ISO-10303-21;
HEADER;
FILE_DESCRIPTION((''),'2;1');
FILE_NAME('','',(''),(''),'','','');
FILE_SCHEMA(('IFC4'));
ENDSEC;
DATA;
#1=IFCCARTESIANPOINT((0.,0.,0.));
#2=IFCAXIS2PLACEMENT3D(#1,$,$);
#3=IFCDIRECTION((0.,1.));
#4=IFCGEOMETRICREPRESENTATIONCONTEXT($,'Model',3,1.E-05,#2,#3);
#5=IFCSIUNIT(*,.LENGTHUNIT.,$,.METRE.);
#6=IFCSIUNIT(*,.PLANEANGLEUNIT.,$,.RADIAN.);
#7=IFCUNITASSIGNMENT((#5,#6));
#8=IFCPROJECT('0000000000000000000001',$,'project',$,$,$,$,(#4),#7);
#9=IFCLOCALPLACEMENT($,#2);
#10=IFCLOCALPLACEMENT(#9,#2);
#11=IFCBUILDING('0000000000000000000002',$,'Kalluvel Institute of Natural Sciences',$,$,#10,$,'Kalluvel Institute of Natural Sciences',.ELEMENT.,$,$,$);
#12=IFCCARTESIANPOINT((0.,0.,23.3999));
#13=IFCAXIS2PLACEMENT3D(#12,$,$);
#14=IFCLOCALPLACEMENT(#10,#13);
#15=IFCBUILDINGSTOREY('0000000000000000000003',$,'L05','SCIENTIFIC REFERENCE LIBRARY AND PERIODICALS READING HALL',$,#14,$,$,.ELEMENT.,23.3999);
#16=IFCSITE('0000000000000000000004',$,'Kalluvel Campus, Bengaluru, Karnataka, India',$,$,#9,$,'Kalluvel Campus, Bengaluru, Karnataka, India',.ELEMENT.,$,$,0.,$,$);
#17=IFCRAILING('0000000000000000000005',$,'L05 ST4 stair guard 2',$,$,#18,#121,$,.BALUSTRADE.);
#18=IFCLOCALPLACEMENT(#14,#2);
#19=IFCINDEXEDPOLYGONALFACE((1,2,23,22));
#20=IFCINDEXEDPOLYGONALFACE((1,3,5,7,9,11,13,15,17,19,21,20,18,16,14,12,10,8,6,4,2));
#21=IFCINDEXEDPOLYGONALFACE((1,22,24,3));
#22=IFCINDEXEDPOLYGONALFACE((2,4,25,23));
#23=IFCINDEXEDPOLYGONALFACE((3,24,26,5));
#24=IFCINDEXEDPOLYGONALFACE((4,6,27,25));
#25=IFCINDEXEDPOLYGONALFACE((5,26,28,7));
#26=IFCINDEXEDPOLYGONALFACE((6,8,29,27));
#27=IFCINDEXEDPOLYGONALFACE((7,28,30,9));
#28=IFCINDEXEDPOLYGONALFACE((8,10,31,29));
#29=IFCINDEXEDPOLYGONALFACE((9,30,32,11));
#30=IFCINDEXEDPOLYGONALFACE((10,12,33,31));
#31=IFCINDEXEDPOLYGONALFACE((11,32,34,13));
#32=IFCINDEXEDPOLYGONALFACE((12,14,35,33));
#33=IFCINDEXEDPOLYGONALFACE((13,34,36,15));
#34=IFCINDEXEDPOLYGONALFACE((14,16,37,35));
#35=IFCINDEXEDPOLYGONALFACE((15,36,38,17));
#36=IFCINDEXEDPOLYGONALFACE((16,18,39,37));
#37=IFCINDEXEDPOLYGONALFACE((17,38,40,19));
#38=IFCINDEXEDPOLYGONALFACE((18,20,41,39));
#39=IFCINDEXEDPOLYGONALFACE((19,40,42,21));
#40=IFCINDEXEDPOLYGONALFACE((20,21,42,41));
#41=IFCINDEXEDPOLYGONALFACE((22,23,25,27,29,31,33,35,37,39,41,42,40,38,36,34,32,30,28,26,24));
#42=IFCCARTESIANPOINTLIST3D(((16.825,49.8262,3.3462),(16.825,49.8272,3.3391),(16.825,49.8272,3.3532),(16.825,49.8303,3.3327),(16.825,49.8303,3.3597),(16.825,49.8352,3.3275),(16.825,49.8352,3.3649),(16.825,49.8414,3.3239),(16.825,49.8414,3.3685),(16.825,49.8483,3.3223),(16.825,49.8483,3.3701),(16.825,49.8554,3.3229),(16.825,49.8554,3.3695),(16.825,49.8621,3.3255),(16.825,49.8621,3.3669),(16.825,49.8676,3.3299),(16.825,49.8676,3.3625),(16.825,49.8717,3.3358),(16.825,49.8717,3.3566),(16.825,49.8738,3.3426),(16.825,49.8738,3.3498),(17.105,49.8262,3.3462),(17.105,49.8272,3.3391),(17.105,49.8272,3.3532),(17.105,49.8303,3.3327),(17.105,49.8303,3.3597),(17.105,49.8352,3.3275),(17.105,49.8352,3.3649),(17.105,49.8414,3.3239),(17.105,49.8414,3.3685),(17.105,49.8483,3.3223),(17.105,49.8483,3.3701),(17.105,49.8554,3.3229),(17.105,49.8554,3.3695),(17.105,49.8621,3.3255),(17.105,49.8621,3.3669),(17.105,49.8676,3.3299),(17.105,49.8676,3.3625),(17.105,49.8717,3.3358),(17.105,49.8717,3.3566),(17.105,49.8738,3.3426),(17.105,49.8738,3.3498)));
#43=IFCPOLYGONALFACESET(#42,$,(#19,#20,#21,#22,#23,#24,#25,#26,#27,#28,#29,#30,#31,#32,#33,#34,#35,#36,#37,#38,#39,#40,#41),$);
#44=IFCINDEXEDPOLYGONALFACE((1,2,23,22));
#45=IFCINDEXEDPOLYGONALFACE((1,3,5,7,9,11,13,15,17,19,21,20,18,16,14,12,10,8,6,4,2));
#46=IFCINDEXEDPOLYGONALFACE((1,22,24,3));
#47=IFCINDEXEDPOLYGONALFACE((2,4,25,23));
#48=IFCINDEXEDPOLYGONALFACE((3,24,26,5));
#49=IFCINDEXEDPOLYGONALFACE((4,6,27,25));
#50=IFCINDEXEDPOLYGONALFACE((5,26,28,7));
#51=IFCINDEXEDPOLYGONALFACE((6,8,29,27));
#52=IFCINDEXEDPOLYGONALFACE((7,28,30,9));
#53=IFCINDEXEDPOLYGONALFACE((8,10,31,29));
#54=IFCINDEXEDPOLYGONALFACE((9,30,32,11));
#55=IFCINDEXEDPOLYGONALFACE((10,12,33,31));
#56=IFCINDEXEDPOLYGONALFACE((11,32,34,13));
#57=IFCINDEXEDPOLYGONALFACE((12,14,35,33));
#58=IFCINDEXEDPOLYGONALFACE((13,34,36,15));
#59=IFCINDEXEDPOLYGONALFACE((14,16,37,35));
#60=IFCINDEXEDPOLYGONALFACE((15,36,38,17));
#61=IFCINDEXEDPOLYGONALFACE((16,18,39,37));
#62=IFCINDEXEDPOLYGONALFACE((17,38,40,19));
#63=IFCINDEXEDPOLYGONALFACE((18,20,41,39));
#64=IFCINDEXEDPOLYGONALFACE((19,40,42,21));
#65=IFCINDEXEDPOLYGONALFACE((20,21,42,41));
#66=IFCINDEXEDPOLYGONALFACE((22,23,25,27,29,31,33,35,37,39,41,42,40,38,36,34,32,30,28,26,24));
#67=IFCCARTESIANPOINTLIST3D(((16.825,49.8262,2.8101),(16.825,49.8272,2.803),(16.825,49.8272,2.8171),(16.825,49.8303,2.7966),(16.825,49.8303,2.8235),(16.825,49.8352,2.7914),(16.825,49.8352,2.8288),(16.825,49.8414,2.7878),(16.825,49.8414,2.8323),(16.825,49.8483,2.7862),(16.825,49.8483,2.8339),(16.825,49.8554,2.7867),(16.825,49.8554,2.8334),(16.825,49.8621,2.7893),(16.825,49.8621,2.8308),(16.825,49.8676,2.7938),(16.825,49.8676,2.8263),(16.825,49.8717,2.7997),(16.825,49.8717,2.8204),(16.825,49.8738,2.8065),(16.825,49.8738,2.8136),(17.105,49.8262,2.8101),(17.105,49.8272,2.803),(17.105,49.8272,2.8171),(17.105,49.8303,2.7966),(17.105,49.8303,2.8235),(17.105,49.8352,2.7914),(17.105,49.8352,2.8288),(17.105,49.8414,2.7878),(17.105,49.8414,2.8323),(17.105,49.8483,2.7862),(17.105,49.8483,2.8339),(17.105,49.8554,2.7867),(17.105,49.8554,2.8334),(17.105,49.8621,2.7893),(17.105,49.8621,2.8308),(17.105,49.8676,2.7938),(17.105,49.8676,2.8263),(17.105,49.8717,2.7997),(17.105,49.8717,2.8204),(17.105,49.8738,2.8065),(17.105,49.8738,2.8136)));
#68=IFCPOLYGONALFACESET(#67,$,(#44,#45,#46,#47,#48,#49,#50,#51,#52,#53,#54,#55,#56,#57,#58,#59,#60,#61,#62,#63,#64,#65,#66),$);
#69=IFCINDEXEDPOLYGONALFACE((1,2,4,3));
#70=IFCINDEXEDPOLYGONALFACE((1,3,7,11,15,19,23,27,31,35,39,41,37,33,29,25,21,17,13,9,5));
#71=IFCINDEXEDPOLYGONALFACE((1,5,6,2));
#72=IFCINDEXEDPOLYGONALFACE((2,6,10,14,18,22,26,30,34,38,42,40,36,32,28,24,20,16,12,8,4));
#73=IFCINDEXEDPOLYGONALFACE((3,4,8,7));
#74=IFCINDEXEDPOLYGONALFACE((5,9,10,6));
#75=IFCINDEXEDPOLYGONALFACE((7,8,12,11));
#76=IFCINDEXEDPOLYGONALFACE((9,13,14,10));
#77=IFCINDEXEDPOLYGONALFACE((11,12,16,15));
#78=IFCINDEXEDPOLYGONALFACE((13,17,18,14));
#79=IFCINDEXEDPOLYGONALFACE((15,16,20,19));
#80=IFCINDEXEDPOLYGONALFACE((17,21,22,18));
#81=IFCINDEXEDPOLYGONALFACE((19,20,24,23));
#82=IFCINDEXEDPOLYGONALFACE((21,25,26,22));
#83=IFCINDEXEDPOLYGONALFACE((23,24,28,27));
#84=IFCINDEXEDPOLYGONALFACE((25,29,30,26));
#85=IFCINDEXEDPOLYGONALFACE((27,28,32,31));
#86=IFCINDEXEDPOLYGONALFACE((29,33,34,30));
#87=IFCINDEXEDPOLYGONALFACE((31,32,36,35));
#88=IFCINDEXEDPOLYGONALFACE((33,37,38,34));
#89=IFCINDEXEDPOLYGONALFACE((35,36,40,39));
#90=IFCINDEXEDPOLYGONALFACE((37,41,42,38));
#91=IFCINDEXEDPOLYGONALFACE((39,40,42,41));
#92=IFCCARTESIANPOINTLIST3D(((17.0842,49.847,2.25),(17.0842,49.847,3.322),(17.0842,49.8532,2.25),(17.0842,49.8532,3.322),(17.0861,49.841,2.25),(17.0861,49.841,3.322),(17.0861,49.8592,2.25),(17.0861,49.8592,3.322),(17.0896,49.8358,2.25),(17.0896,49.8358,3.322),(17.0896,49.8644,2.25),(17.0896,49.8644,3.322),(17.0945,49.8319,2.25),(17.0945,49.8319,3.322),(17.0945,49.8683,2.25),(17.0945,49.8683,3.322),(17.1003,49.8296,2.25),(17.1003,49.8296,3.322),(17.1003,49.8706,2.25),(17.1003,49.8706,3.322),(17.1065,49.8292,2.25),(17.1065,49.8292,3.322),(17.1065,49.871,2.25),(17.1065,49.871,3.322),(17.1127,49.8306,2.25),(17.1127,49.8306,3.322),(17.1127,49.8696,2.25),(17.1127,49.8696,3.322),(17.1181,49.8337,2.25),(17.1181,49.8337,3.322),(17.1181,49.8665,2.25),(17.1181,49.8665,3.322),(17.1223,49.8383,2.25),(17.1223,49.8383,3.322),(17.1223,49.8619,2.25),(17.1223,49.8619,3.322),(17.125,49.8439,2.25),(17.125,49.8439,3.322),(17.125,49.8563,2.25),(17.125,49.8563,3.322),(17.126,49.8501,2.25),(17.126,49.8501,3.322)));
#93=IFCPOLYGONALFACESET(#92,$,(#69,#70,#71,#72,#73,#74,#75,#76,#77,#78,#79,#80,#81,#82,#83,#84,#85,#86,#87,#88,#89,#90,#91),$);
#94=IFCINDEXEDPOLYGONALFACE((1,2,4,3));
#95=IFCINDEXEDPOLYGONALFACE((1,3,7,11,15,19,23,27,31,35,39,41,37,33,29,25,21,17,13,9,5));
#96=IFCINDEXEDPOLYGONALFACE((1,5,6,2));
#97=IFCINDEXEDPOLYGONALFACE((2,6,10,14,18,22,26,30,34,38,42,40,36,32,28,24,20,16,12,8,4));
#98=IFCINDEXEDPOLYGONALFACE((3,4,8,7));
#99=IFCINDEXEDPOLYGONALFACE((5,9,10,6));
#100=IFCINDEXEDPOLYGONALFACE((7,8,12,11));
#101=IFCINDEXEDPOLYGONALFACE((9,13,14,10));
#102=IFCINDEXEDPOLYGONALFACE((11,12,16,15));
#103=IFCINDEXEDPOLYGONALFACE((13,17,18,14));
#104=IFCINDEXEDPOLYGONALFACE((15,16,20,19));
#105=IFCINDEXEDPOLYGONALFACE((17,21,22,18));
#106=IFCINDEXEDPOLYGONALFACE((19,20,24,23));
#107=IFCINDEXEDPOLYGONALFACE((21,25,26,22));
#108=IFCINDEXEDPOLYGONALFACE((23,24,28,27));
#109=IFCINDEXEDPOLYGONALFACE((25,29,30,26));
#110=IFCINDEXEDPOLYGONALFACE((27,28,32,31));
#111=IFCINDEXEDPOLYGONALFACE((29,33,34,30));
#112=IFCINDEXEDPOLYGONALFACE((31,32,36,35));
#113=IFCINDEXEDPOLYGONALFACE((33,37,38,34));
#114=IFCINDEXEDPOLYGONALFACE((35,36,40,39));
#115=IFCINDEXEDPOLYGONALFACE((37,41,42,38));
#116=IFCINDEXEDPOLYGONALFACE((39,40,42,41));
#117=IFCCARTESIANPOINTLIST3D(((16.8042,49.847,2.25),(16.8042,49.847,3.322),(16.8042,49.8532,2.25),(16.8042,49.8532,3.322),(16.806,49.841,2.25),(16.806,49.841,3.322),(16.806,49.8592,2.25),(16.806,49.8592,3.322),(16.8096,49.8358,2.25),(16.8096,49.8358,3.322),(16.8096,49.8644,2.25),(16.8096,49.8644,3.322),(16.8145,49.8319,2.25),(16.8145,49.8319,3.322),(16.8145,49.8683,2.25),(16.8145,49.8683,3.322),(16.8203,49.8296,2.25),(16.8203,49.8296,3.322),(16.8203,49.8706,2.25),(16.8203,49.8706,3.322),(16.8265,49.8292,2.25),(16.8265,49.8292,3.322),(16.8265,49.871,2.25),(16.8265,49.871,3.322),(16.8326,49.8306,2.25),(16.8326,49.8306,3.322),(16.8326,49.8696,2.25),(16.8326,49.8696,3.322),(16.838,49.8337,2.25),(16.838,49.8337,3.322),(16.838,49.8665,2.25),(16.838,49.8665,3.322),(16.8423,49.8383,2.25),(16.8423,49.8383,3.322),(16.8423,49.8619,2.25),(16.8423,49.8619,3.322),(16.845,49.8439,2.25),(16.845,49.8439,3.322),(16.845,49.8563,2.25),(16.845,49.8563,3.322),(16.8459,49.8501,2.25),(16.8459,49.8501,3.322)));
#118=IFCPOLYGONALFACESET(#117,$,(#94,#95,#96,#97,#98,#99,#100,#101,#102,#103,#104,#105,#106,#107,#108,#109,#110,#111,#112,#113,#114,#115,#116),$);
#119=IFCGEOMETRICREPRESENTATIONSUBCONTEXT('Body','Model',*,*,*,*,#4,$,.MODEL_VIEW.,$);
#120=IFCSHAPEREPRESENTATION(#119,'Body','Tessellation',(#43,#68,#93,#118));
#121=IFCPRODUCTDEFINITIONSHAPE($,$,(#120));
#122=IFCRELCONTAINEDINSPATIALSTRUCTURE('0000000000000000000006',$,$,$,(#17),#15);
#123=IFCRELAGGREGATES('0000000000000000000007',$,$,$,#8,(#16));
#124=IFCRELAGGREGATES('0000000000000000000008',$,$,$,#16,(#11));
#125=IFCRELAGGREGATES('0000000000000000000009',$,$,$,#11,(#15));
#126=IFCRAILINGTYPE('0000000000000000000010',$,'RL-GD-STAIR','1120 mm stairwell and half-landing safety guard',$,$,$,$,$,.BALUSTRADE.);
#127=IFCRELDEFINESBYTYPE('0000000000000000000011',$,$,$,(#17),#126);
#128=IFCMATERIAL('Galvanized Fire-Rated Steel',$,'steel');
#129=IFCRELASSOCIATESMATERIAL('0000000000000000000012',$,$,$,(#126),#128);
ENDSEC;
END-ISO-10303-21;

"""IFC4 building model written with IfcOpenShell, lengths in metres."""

from ifc_helpers import new_model, si_unit, direction, frame, origin, origin_2d, place, context, subcontext, project, spatial, circle, extrude, material, type_object, element, save


model = new_model("IFC4")

# Units and contexts
model_context = context("Model", 3, precision=1e-05, world=origin(), true_north=direction((0.0, 1.0)))
body_context = subcontext(model_context, "Body", "Model", "MODEL_VIEW")
ifc_project = project(units=[si_unit("LENGTHUNIT", "METRE"), si_unit("PLANEANGLEUNIT", "RADIAN")], contexts=[model_context])

# Site, building, storey
site_placement = place(None, origin())
site = spatial("IfcSite", under=ifc_project, at=site_placement, Name="Kalluvel Campus, Bengaluru, Karnataka, India", LongName="Kalluvel Campus, Bengaluru, Karnataka, India", CompositionType="ELEMENT", RefElevation=0.0)
building_placement = place(site_placement, origin())
building = spatial("IfcBuilding", under=site, at=building_placement, Name="Kalluvel Institute of Natural Sciences", LongName="Kalluvel Institute of Natural Sciences", CompositionType="ELEMENT")
storey_placement = place(building_placement, frame((0.0, 0.0, 23.3999)))
storey = spatial("IfcBuildingStorey", under=building, at=storey_placement, Name="L05", Description="SCIENTIFIC REFERENCE LIBRARY AND PERIODICALS READING HALL", CompositionType="ELEMENT", Elevation=23.3999)

# Shared definitions
ifc_material_1 = material(Name="Galvanized Fire-Rated Steel", Category="steel")

# Railing
railing_type_1 = type_object("IfcRailingType", Name="RL-GD-STAIR", Description="1120 mm stairwell and half-landing safety guard", PredefinedType="BALUSTRADE", material=ifc_material_1)
railing_1_placement = place(storey_placement, frame((17.105, 49.8501, 2.25)))
element("IfcRailing", 1, at=railing_1_placement, inside=storey, type_object=railing_type_1, Name="L05 ST4 stair guard 2", PredefinedType="BALUSTRADE", context=body_context, shape_type="SweptSolid", body=[
    extrude(circle(Radius=0.0239, at=origin_2d()), frame((0.0, 0.0, 1.0962), z_axis=(-1.0, 0.0, 0.0), x_axis=(0.0, -1.0, 0.0)), (0.0, 0.0, 1.0), 0.28),
    extrude(circle(Radius=0.0239, at=origin_2d()), frame((0.0, 0.0, 0.5601), z_axis=(-1.0, 0.0, 0.0), x_axis=(0.0, -1.0, 0.0)), (0.0, 0.0, 1.0), 0.28),
    extrude(circle(Radius=0.021, at=origin_2d()), origin(), (0.0, 0.0, 1.0), 1.072),
    extrude(circle(Radius=0.021, at=origin_2d()), frame((-0.28, 0.0, 0.0)), (0.0, 0.0, 1.0), 1.072),
])

save(model, "model.ifc")
